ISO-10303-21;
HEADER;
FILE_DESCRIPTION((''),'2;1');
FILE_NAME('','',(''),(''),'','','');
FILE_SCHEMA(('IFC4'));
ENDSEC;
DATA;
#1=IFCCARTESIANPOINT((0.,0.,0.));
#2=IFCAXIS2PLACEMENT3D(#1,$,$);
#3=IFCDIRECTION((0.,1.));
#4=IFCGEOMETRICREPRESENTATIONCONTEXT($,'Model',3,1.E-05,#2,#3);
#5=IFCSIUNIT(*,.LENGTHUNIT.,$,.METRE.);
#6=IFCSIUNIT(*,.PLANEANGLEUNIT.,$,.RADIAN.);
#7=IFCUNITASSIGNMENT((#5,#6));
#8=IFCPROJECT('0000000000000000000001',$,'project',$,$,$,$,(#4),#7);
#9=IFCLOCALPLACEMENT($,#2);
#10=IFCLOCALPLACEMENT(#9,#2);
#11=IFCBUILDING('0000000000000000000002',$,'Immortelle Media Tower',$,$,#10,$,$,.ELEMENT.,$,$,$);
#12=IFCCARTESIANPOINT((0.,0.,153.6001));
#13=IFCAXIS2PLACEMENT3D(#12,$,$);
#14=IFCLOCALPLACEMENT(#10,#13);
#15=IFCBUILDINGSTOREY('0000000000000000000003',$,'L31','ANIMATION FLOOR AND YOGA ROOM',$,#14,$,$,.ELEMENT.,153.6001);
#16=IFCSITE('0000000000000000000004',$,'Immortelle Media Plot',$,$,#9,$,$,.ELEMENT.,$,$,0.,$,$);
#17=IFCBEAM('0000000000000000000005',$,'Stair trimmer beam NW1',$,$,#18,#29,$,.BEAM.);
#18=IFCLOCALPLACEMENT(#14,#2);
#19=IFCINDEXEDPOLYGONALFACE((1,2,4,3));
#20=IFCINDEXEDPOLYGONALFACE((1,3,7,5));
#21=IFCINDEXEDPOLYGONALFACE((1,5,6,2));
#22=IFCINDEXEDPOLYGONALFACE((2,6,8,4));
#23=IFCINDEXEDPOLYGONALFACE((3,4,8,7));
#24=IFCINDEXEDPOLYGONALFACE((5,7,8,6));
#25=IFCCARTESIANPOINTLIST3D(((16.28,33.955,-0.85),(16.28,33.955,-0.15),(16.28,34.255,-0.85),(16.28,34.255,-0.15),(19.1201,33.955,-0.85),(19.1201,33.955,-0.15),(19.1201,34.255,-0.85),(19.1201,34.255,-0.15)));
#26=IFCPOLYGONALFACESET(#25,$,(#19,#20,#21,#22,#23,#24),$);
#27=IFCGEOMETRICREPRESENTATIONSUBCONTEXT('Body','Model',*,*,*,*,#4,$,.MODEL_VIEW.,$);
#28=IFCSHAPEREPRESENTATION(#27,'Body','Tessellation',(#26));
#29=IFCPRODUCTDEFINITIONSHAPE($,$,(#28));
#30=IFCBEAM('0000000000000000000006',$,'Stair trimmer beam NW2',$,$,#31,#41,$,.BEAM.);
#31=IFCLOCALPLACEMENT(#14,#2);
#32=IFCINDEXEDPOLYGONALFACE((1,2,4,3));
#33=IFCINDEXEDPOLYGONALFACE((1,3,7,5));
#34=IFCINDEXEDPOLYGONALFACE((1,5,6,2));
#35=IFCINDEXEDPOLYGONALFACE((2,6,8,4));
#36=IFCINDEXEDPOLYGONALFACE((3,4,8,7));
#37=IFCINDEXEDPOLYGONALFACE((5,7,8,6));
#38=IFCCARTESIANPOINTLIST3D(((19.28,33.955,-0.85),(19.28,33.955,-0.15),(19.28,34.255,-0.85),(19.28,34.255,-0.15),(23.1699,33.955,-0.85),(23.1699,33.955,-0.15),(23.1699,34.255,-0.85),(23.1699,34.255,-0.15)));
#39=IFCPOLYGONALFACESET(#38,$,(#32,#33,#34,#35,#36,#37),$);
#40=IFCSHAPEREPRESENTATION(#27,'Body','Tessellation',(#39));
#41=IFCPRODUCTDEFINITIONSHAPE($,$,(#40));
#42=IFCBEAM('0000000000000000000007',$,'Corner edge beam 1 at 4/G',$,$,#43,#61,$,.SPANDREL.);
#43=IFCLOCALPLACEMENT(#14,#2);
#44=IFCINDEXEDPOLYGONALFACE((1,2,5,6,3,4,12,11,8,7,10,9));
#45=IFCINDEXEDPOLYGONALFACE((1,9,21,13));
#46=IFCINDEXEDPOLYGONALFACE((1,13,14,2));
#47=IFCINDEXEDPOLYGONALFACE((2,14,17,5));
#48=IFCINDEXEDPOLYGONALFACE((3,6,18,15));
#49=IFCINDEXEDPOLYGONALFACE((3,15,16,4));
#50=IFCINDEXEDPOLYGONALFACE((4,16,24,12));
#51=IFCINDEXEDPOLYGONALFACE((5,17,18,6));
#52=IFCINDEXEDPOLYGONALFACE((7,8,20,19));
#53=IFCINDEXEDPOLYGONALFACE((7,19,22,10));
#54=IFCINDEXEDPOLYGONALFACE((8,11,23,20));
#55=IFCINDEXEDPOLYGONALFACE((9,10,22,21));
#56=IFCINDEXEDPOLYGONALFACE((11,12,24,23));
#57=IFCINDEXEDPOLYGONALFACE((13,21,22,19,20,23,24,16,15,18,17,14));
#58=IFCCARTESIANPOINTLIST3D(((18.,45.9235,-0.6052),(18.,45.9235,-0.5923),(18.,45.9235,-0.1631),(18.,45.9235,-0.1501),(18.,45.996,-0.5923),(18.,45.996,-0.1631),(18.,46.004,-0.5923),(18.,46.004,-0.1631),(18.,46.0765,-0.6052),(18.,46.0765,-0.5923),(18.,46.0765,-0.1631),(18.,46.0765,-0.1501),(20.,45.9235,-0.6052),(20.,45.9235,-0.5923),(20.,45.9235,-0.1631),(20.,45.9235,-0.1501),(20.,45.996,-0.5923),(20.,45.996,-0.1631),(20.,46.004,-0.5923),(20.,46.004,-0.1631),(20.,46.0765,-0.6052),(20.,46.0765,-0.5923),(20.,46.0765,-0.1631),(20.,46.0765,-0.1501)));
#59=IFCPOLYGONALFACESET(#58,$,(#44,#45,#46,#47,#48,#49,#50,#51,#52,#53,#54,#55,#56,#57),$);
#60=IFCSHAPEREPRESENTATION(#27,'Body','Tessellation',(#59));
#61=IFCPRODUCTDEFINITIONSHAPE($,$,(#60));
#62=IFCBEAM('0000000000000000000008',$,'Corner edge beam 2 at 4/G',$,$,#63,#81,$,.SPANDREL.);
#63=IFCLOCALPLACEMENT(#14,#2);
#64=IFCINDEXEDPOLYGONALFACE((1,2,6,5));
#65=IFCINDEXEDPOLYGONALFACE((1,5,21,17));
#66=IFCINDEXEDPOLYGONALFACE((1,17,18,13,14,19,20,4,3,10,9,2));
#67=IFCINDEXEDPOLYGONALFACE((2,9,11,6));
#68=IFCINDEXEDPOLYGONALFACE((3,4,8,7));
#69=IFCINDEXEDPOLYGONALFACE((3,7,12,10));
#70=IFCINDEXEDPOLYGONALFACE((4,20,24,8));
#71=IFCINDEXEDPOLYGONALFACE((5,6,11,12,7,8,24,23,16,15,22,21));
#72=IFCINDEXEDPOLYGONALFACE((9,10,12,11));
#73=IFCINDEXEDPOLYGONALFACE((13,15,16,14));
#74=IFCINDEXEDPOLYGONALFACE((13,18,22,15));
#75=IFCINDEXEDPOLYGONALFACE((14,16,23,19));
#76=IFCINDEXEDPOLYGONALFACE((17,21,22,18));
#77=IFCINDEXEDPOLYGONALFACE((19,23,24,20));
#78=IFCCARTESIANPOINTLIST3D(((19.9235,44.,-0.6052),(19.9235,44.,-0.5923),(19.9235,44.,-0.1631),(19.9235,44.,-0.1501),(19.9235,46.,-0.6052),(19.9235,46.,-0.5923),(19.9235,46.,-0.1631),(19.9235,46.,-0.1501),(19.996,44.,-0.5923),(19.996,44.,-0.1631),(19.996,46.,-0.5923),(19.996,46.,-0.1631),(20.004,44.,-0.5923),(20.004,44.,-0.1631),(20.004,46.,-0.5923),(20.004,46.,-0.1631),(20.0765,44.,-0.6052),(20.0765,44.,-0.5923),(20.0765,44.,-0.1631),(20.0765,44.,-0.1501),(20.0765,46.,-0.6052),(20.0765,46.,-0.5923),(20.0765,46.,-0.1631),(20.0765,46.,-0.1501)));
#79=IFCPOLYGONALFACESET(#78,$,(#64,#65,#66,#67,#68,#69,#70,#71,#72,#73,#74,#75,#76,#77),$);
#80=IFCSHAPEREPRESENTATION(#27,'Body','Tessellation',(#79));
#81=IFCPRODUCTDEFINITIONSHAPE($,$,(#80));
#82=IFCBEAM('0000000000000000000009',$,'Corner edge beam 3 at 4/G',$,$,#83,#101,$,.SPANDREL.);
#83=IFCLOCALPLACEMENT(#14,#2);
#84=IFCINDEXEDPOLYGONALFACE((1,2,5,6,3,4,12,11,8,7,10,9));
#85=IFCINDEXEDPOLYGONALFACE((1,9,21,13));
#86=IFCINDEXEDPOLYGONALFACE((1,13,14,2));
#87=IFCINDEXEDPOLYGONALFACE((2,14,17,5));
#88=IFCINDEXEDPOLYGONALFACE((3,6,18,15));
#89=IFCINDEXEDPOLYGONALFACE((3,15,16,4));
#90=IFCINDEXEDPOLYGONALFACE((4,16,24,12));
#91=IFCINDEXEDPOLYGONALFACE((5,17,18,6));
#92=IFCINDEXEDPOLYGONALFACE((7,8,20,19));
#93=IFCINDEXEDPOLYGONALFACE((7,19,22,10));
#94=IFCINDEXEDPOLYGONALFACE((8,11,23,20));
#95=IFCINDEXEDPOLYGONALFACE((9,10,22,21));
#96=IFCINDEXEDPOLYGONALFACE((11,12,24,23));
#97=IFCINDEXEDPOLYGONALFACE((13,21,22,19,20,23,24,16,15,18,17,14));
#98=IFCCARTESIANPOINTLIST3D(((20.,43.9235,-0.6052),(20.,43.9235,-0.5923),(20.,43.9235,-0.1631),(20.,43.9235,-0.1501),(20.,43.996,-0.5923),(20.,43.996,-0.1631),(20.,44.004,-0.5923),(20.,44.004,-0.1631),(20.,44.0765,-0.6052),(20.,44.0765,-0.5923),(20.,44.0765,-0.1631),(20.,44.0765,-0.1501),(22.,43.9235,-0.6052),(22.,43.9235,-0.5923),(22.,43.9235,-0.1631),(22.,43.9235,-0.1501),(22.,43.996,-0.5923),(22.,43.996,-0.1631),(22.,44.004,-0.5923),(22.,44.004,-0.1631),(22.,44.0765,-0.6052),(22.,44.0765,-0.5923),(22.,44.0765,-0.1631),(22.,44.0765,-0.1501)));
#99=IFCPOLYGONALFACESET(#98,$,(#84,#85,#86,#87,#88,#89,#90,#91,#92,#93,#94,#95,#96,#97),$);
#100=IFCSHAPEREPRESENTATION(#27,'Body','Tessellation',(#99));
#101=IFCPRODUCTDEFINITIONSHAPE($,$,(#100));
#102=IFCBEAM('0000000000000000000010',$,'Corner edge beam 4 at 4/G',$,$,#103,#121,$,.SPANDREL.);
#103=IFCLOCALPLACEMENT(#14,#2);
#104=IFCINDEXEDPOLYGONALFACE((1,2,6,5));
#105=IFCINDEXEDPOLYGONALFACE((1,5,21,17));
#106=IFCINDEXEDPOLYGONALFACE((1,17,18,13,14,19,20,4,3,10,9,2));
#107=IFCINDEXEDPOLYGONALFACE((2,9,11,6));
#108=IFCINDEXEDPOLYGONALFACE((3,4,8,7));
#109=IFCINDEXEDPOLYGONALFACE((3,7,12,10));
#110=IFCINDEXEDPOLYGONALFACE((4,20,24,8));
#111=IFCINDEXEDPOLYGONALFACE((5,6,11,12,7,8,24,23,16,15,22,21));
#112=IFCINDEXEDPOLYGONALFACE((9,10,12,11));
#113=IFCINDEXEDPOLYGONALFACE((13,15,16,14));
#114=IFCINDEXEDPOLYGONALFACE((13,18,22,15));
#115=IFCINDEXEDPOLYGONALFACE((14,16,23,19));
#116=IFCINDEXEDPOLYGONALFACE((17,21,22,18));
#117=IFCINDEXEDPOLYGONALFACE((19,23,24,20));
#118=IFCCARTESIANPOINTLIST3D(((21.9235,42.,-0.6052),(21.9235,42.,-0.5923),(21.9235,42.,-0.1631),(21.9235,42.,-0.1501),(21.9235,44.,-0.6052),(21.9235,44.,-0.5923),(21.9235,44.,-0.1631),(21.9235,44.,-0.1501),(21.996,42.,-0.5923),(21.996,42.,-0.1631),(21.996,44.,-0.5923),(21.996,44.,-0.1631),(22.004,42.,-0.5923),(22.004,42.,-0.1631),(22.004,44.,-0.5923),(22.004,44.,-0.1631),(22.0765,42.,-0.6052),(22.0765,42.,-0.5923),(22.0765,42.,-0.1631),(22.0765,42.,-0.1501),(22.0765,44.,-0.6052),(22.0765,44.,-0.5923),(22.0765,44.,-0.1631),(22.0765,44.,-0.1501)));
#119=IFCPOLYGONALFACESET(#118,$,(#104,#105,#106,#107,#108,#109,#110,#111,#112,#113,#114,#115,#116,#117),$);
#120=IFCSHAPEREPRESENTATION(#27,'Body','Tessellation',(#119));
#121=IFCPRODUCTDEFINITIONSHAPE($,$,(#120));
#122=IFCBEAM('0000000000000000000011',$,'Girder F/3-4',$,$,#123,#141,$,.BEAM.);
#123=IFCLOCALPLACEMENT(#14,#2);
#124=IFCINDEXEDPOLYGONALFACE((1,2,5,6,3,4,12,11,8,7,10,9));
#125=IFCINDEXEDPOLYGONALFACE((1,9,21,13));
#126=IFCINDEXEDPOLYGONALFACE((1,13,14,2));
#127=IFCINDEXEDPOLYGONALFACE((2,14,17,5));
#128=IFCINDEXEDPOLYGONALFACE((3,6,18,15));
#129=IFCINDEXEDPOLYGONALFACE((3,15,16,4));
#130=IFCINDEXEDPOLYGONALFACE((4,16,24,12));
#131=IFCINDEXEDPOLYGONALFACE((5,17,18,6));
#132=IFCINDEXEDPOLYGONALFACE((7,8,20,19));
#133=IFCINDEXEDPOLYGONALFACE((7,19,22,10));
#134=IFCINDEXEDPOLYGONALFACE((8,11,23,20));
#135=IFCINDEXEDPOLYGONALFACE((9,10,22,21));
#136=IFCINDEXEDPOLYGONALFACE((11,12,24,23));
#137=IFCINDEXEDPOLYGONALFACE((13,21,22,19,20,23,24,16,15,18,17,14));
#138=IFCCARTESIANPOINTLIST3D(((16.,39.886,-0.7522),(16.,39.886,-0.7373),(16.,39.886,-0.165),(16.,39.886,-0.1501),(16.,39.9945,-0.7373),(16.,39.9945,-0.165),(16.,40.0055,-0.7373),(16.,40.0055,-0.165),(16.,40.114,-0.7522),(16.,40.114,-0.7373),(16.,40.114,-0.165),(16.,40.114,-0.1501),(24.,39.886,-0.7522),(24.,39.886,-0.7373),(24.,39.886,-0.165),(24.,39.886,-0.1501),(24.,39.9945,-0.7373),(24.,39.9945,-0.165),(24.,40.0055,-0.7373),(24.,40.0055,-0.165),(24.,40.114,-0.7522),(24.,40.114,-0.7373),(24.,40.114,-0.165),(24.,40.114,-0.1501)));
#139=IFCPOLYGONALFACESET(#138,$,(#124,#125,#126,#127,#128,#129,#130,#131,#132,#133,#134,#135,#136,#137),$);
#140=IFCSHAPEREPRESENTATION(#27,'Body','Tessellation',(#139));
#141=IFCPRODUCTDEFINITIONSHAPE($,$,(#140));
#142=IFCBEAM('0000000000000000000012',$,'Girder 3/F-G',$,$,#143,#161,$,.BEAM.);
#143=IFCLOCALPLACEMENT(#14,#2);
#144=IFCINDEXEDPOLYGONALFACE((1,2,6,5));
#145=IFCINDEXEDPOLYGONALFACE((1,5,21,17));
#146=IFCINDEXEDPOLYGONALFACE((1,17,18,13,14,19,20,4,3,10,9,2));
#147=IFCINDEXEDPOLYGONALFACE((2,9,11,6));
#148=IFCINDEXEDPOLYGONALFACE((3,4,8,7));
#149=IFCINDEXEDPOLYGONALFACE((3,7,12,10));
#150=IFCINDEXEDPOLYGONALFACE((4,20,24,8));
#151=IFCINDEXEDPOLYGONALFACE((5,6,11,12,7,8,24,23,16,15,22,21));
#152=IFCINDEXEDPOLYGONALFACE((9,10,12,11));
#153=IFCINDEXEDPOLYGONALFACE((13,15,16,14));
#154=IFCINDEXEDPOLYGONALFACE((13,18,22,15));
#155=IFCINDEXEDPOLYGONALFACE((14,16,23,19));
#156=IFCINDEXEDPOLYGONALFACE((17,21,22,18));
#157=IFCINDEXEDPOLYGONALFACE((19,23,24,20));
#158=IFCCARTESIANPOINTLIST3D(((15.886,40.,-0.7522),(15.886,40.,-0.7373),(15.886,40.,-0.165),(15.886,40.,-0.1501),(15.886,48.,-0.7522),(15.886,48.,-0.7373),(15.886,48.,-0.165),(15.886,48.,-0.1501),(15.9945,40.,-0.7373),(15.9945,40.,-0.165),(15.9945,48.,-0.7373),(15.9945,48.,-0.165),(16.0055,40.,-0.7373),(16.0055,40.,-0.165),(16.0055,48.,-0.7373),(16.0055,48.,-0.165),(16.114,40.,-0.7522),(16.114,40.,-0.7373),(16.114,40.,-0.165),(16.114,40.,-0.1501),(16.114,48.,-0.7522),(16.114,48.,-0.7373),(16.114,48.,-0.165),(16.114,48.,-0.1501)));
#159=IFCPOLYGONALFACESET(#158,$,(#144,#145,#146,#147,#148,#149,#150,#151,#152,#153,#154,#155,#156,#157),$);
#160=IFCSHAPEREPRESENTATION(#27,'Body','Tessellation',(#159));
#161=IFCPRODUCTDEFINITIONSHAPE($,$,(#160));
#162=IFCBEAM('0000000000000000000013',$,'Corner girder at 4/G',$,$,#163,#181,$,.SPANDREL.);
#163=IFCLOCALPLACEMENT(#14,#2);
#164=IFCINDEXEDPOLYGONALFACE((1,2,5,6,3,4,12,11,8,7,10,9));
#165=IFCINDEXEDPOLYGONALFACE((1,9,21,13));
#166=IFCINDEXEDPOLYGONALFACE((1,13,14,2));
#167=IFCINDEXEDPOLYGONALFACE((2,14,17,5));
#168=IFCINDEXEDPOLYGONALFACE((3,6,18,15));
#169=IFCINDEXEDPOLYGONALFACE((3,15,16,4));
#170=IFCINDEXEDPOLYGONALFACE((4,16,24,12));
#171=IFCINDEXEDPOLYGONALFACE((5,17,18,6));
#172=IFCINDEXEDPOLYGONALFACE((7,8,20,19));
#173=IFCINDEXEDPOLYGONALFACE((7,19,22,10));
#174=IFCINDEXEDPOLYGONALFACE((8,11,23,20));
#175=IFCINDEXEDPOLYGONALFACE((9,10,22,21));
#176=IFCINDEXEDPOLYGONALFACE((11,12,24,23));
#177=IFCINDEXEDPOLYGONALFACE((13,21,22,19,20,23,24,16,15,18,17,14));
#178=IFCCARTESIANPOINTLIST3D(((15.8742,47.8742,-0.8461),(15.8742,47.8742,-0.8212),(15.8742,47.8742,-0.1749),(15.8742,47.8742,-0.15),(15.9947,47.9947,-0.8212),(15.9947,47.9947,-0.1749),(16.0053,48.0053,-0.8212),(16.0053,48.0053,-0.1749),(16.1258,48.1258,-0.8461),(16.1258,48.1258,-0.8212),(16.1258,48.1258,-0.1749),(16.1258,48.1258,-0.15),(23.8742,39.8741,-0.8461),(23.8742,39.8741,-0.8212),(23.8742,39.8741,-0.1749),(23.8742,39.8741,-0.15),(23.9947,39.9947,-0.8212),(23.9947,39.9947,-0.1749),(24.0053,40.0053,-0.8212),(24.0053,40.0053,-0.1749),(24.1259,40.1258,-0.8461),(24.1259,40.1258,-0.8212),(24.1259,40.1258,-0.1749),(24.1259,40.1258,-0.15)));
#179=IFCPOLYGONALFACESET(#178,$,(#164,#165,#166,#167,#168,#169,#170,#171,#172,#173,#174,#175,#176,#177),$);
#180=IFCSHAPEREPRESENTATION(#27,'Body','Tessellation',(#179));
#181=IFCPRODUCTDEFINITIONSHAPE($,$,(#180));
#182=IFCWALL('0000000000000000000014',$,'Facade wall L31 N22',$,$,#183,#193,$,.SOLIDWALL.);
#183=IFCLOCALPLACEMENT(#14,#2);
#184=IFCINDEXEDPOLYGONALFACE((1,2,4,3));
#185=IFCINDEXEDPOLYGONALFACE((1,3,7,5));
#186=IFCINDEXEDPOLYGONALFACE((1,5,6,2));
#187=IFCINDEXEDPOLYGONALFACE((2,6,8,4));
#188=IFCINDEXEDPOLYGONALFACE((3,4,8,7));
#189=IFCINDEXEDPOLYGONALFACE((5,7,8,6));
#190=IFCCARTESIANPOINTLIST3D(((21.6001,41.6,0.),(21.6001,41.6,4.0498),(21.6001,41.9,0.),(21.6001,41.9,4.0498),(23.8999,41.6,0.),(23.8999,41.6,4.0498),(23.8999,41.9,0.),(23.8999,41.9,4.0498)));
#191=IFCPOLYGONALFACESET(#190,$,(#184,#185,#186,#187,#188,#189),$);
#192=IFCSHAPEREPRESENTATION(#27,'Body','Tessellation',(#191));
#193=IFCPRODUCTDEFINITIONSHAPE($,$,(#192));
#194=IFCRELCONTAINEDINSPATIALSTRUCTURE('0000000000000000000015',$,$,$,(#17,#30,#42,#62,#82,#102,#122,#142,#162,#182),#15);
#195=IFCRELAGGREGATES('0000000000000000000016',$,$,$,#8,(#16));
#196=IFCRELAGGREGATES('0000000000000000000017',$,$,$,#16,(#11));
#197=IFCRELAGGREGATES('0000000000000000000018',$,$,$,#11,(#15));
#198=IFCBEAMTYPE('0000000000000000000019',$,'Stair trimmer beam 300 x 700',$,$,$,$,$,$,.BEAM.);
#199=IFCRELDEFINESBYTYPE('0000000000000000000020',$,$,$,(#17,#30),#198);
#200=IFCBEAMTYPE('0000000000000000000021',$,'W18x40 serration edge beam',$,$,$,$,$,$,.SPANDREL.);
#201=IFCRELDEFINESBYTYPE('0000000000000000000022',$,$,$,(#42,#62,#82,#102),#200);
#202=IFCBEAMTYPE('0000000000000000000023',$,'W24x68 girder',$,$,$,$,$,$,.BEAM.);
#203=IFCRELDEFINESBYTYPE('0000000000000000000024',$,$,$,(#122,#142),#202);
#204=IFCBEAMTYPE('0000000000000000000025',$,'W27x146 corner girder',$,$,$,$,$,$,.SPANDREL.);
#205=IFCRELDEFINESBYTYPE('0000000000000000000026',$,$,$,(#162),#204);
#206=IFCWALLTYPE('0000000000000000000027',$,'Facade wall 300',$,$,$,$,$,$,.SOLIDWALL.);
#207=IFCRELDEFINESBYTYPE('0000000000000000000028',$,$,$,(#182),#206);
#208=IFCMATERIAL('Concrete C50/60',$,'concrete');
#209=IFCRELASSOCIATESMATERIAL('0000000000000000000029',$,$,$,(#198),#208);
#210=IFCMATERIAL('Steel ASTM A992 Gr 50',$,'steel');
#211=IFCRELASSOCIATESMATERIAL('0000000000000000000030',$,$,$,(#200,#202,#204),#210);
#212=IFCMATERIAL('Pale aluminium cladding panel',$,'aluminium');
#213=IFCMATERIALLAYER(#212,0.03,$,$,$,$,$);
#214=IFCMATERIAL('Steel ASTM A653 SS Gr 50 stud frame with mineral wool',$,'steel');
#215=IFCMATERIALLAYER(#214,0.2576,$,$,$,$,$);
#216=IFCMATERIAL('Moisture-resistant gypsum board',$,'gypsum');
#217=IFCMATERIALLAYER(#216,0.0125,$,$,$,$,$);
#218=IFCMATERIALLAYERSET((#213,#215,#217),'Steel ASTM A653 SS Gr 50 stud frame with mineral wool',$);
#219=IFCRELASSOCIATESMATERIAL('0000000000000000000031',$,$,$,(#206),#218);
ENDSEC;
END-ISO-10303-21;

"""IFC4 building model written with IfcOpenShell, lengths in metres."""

from ifc_helpers import new_model, si_unit, direction, frame, frame_2d, origin, origin_2d, place, context, subcontext, project, spatial, rectangle, i_section, extrude, material, layer, layer_set, material_profile, profile_set, type_object, element, save


model = new_model("IFC4")

# Units and contexts
model_context = context("Model", 3, precision=1e-05, world=origin(), true_north=direction((0.0, 1.0)))
body_context = subcontext(model_context, "Body", "Model", "MODEL_VIEW")
ifc_project = project(units=[si_unit("LENGTHUNIT", "METRE"), si_unit("PLANEANGLEUNIT", "RADIAN")], contexts=[model_context])

# Site, building, storey
site_placement = place(None, origin())
site = spatial("IfcSite", under=ifc_project, at=site_placement, Name="Immortelle Media Plot", CompositionType="ELEMENT", RefElevation=0.0)
building_placement = place(site_placement, origin())
building = spatial("IfcBuilding", under=site, at=building_placement, Name="Immortelle Media Tower", CompositionType="ELEMENT")
storey_placement = place(building_placement, frame((0.0, 0.0, 153.6001)))
storey = spatial("IfcBuildingStorey", under=building, at=storey_placement, Name="L31", Description="ANIMATION FLOOR AND YOGA ROOM", CompositionType="ELEMENT", Elevation=153.6001)

# Beams
ifc_material_1 = material(Name="Concrete C50/60", Category="concrete")
ifc_material_profile_1 = material_profile(ifc_material_1, rectangle(XDim=0.3, YDim=0.7, at=origin_2d()), Name="RC 300x700")
ifc_profile_set_1 = profile_set([ifc_material_profile_1], Name="Concrete C50/60")
beam_type_1 = type_object("IfcBeamType", Name="Stair trimmer beam 300 x 700", PredefinedType="BEAM", material=ifc_profile_set_1)
beam_1_placement = place(storey_placement, frame((16.28, 34.105, -0.5), z_axis=(1.0, 0.0, 0.0), x_axis=(0.0, 1.0, 0.0)))
element("IfcBeam", 1, at=beam_1_placement, inside=storey, type_object=beam_type_1, Name="Stair trimmer beam NW1", PredefinedType="BEAM", context=body_context, shape_type="SweptSolid", body=[
    extrude(rectangle(XDim=0.3, YDim=0.7, at=origin_2d()), origin(), (0.0, 0.0, 1.0), 2.8401),
])
beam_2_placement = place(storey_placement, frame((19.28, 34.105, -0.5), z_axis=(1.0, 0.0, 0.0), x_axis=(0.0, 1.0, 0.0)))
element("IfcBeam", 2, at=beam_2_placement, inside=storey, type_object=beam_type_1, Name="Stair trimmer beam NW2", PredefinedType="BEAM", context=body_context, shape_type="SweptSolid", body=[
    extrude(rectangle(XDim=0.3, YDim=0.7, at=origin_2d()), origin(), (0.0, 0.0, 1.0), 3.8899),
])
ifc_material_2 = material(Name="Steel ASTM A992 Gr 50", Category="steel")
ifc_material_profile_2 = material_profile(ifc_material_2, i_section(OverallWidth=0.1531, OverallDepth=0.4551, WebThickness=0.0081, FlangeThickness=0.0129, at=origin_2d()), Name="W18x40")
ifc_profile_set_2 = profile_set([ifc_material_profile_2], Name="Steel ASTM A992 Gr 50")
beam_type_2 = type_object("IfcBeamType", Name="W18x40 serration edge beam", PredefinedType="SPANDREL", material=ifc_profile_set_2)
for number, where, z_axis, x_axis, name in (
    (3, (18.0, 46.0, -0.3777), (1.0, 0.0, 0.0), (0.0, 1.0, 0.0), "Corner edge beam 1 at 4/G"),
    (4, (20.0, 46.0, -0.3777), (0.0, -1.0, 0.0), (1.0, 0.0, 0.0), "Corner edge beam 2 at 4/G"),
    (5, (20.0, 44.0, -0.3777), (1.0, 0.0, 0.0), (0.0, 1.0, 0.0), "Corner edge beam 3 at 4/G"),
    (6, (22.0, 44.0, -0.3777), (0.0, -1.0, 0.0), (1.0, 0.0, 0.0), "Corner edge beam 4 at 4/G"),
):
    element("IfcBeam", number, at=place(storey_placement, frame(where, z_axis=z_axis, x_axis=x_axis)), inside=storey, type_object=beam_type_2, Name=name, PredefinedType="SPANDREL", context=body_context, shape_type="SweptSolid", body=[
        extrude(i_section(OverallWidth=0.1531, OverallDepth=0.4551, WebThickness=0.0081, FlangeThickness=0.0129, at=origin_2d()), origin(), (0.0, 0.0, 1.0), 2.0),
    ])
ifc_material_profile_3 = material_profile(ifc_material_2, i_section(OverallWidth=0.228, OverallDepth=0.6021, WebThickness=0.011, FlangeThickness=0.0149, at=origin_2d()), Name="W24x68")
ifc_profile_set_3 = profile_set([ifc_material_profile_3], Name="Steel ASTM A992 Gr 50")
beam_type_3 = type_object("IfcBeamType", Name="W24x68 girder", PredefinedType="BEAM", material=ifc_profile_set_3)
for number, where, z_axis, x_axis, name in (
    (7, (16.0, 40.0, -0.4512), (1.0, 0.0, 0.0), (0.0, 1.0, 0.0), "Girder F/3-4"),
    (8, (16.0, 40.0, -0.4512), (0.0, 1.0, 0.0), (-1.0, 0.0, 0.0), "Girder 3/F-G"),
):
    element("IfcBeam", number, at=place(storey_placement, frame(where, z_axis=z_axis, x_axis=x_axis)), inside=storey, type_object=beam_type_3, Name=name, PredefinedType="BEAM", context=body_context, shape_type="SweptSolid", body=[
        extrude(i_section(OverallWidth=0.228, OverallDepth=0.6021, WebThickness=0.011, FlangeThickness=0.0149, at=origin_2d()), origin(), (0.0, 0.0, 1.0), 8.0),
    ])
ifc_material_profile_4 = material_profile(ifc_material_2, i_section(OverallWidth=0.356, OverallDepth=0.696, WebThickness=0.0149, FlangeThickness=0.0249, at=origin_2d()), Name="W27x146")
ifc_profile_set_4 = profile_set([ifc_material_profile_4], Name="Steel ASTM A992 Gr 50")
beam_type_4 = type_object("IfcBeamType", Name="W27x146 corner girder", PredefinedType="SPANDREL", material=ifc_profile_set_4)
beam_3_placement = place(storey_placement, frame((16.0, 48.0, -0.498), z_axis=(0.707107, -0.707107, 0.0), x_axis=(0.707107, 0.707107, 0.0)))
element("IfcBeam", 9, at=beam_3_placement, inside=storey, type_object=beam_type_4, Name="Corner girder at 4/G", PredefinedType="SPANDREL", context=body_context, shape_type="SweptSolid", body=[
    extrude(i_section(OverallWidth=0.356, OverallDepth=0.696, WebThickness=0.0149, FlangeThickness=0.0249, at=origin_2d()), origin(), (0.0, 0.0, 1.0), 11.3137),
])

# Wall
ifc_material_3 = material(Name="Pale aluminium cladding panel", Category="aluminium")
ifc_layer_1 = layer(ifc_material_3, 0.03)
ifc_material_4 = material(Name="Steel ASTM A653 SS Gr 50 stud frame with mineral wool", Category="steel")
ifc_layer_2 = layer(ifc_material_4, 0.2576)
ifc_material_5 = material(Name="Moisture-resistant gypsum board", Category="gypsum")
ifc_layer_3 = layer(ifc_material_5, 0.0125)
ifc_layer_set_1 = layer_set([ifc_layer_1, ifc_layer_2, ifc_layer_3], Name="Steel ASTM A653 SS Gr 50 stud frame with mineral wool")
wall_type_1 = type_object("IfcWallType", Name="Facade wall 300", PredefinedType="SOLIDWALL", material=ifc_layer_set_1)
wall_1_placement = place(storey_placement, frame((23.8999, 41.75, 0.0), z_axis=(0.0, 0.0, 1.0), x_axis=(-1.0, 0.0, 0.0)))
element("IfcWall", 10, at=wall_1_placement, inside=storey, type_object=wall_type_1, Name="Facade wall L31 N22", PredefinedType="SOLIDWALL", context=body_context, shape_type="SweptSolid", body=[
    extrude(rectangle(XDim=2.2998, YDim=0.3, at=frame_2d((1.1499, 0.0))), origin(), (0.0, 0.0, 1.0), 4.0498),
])

save(model, "model.ifc")
